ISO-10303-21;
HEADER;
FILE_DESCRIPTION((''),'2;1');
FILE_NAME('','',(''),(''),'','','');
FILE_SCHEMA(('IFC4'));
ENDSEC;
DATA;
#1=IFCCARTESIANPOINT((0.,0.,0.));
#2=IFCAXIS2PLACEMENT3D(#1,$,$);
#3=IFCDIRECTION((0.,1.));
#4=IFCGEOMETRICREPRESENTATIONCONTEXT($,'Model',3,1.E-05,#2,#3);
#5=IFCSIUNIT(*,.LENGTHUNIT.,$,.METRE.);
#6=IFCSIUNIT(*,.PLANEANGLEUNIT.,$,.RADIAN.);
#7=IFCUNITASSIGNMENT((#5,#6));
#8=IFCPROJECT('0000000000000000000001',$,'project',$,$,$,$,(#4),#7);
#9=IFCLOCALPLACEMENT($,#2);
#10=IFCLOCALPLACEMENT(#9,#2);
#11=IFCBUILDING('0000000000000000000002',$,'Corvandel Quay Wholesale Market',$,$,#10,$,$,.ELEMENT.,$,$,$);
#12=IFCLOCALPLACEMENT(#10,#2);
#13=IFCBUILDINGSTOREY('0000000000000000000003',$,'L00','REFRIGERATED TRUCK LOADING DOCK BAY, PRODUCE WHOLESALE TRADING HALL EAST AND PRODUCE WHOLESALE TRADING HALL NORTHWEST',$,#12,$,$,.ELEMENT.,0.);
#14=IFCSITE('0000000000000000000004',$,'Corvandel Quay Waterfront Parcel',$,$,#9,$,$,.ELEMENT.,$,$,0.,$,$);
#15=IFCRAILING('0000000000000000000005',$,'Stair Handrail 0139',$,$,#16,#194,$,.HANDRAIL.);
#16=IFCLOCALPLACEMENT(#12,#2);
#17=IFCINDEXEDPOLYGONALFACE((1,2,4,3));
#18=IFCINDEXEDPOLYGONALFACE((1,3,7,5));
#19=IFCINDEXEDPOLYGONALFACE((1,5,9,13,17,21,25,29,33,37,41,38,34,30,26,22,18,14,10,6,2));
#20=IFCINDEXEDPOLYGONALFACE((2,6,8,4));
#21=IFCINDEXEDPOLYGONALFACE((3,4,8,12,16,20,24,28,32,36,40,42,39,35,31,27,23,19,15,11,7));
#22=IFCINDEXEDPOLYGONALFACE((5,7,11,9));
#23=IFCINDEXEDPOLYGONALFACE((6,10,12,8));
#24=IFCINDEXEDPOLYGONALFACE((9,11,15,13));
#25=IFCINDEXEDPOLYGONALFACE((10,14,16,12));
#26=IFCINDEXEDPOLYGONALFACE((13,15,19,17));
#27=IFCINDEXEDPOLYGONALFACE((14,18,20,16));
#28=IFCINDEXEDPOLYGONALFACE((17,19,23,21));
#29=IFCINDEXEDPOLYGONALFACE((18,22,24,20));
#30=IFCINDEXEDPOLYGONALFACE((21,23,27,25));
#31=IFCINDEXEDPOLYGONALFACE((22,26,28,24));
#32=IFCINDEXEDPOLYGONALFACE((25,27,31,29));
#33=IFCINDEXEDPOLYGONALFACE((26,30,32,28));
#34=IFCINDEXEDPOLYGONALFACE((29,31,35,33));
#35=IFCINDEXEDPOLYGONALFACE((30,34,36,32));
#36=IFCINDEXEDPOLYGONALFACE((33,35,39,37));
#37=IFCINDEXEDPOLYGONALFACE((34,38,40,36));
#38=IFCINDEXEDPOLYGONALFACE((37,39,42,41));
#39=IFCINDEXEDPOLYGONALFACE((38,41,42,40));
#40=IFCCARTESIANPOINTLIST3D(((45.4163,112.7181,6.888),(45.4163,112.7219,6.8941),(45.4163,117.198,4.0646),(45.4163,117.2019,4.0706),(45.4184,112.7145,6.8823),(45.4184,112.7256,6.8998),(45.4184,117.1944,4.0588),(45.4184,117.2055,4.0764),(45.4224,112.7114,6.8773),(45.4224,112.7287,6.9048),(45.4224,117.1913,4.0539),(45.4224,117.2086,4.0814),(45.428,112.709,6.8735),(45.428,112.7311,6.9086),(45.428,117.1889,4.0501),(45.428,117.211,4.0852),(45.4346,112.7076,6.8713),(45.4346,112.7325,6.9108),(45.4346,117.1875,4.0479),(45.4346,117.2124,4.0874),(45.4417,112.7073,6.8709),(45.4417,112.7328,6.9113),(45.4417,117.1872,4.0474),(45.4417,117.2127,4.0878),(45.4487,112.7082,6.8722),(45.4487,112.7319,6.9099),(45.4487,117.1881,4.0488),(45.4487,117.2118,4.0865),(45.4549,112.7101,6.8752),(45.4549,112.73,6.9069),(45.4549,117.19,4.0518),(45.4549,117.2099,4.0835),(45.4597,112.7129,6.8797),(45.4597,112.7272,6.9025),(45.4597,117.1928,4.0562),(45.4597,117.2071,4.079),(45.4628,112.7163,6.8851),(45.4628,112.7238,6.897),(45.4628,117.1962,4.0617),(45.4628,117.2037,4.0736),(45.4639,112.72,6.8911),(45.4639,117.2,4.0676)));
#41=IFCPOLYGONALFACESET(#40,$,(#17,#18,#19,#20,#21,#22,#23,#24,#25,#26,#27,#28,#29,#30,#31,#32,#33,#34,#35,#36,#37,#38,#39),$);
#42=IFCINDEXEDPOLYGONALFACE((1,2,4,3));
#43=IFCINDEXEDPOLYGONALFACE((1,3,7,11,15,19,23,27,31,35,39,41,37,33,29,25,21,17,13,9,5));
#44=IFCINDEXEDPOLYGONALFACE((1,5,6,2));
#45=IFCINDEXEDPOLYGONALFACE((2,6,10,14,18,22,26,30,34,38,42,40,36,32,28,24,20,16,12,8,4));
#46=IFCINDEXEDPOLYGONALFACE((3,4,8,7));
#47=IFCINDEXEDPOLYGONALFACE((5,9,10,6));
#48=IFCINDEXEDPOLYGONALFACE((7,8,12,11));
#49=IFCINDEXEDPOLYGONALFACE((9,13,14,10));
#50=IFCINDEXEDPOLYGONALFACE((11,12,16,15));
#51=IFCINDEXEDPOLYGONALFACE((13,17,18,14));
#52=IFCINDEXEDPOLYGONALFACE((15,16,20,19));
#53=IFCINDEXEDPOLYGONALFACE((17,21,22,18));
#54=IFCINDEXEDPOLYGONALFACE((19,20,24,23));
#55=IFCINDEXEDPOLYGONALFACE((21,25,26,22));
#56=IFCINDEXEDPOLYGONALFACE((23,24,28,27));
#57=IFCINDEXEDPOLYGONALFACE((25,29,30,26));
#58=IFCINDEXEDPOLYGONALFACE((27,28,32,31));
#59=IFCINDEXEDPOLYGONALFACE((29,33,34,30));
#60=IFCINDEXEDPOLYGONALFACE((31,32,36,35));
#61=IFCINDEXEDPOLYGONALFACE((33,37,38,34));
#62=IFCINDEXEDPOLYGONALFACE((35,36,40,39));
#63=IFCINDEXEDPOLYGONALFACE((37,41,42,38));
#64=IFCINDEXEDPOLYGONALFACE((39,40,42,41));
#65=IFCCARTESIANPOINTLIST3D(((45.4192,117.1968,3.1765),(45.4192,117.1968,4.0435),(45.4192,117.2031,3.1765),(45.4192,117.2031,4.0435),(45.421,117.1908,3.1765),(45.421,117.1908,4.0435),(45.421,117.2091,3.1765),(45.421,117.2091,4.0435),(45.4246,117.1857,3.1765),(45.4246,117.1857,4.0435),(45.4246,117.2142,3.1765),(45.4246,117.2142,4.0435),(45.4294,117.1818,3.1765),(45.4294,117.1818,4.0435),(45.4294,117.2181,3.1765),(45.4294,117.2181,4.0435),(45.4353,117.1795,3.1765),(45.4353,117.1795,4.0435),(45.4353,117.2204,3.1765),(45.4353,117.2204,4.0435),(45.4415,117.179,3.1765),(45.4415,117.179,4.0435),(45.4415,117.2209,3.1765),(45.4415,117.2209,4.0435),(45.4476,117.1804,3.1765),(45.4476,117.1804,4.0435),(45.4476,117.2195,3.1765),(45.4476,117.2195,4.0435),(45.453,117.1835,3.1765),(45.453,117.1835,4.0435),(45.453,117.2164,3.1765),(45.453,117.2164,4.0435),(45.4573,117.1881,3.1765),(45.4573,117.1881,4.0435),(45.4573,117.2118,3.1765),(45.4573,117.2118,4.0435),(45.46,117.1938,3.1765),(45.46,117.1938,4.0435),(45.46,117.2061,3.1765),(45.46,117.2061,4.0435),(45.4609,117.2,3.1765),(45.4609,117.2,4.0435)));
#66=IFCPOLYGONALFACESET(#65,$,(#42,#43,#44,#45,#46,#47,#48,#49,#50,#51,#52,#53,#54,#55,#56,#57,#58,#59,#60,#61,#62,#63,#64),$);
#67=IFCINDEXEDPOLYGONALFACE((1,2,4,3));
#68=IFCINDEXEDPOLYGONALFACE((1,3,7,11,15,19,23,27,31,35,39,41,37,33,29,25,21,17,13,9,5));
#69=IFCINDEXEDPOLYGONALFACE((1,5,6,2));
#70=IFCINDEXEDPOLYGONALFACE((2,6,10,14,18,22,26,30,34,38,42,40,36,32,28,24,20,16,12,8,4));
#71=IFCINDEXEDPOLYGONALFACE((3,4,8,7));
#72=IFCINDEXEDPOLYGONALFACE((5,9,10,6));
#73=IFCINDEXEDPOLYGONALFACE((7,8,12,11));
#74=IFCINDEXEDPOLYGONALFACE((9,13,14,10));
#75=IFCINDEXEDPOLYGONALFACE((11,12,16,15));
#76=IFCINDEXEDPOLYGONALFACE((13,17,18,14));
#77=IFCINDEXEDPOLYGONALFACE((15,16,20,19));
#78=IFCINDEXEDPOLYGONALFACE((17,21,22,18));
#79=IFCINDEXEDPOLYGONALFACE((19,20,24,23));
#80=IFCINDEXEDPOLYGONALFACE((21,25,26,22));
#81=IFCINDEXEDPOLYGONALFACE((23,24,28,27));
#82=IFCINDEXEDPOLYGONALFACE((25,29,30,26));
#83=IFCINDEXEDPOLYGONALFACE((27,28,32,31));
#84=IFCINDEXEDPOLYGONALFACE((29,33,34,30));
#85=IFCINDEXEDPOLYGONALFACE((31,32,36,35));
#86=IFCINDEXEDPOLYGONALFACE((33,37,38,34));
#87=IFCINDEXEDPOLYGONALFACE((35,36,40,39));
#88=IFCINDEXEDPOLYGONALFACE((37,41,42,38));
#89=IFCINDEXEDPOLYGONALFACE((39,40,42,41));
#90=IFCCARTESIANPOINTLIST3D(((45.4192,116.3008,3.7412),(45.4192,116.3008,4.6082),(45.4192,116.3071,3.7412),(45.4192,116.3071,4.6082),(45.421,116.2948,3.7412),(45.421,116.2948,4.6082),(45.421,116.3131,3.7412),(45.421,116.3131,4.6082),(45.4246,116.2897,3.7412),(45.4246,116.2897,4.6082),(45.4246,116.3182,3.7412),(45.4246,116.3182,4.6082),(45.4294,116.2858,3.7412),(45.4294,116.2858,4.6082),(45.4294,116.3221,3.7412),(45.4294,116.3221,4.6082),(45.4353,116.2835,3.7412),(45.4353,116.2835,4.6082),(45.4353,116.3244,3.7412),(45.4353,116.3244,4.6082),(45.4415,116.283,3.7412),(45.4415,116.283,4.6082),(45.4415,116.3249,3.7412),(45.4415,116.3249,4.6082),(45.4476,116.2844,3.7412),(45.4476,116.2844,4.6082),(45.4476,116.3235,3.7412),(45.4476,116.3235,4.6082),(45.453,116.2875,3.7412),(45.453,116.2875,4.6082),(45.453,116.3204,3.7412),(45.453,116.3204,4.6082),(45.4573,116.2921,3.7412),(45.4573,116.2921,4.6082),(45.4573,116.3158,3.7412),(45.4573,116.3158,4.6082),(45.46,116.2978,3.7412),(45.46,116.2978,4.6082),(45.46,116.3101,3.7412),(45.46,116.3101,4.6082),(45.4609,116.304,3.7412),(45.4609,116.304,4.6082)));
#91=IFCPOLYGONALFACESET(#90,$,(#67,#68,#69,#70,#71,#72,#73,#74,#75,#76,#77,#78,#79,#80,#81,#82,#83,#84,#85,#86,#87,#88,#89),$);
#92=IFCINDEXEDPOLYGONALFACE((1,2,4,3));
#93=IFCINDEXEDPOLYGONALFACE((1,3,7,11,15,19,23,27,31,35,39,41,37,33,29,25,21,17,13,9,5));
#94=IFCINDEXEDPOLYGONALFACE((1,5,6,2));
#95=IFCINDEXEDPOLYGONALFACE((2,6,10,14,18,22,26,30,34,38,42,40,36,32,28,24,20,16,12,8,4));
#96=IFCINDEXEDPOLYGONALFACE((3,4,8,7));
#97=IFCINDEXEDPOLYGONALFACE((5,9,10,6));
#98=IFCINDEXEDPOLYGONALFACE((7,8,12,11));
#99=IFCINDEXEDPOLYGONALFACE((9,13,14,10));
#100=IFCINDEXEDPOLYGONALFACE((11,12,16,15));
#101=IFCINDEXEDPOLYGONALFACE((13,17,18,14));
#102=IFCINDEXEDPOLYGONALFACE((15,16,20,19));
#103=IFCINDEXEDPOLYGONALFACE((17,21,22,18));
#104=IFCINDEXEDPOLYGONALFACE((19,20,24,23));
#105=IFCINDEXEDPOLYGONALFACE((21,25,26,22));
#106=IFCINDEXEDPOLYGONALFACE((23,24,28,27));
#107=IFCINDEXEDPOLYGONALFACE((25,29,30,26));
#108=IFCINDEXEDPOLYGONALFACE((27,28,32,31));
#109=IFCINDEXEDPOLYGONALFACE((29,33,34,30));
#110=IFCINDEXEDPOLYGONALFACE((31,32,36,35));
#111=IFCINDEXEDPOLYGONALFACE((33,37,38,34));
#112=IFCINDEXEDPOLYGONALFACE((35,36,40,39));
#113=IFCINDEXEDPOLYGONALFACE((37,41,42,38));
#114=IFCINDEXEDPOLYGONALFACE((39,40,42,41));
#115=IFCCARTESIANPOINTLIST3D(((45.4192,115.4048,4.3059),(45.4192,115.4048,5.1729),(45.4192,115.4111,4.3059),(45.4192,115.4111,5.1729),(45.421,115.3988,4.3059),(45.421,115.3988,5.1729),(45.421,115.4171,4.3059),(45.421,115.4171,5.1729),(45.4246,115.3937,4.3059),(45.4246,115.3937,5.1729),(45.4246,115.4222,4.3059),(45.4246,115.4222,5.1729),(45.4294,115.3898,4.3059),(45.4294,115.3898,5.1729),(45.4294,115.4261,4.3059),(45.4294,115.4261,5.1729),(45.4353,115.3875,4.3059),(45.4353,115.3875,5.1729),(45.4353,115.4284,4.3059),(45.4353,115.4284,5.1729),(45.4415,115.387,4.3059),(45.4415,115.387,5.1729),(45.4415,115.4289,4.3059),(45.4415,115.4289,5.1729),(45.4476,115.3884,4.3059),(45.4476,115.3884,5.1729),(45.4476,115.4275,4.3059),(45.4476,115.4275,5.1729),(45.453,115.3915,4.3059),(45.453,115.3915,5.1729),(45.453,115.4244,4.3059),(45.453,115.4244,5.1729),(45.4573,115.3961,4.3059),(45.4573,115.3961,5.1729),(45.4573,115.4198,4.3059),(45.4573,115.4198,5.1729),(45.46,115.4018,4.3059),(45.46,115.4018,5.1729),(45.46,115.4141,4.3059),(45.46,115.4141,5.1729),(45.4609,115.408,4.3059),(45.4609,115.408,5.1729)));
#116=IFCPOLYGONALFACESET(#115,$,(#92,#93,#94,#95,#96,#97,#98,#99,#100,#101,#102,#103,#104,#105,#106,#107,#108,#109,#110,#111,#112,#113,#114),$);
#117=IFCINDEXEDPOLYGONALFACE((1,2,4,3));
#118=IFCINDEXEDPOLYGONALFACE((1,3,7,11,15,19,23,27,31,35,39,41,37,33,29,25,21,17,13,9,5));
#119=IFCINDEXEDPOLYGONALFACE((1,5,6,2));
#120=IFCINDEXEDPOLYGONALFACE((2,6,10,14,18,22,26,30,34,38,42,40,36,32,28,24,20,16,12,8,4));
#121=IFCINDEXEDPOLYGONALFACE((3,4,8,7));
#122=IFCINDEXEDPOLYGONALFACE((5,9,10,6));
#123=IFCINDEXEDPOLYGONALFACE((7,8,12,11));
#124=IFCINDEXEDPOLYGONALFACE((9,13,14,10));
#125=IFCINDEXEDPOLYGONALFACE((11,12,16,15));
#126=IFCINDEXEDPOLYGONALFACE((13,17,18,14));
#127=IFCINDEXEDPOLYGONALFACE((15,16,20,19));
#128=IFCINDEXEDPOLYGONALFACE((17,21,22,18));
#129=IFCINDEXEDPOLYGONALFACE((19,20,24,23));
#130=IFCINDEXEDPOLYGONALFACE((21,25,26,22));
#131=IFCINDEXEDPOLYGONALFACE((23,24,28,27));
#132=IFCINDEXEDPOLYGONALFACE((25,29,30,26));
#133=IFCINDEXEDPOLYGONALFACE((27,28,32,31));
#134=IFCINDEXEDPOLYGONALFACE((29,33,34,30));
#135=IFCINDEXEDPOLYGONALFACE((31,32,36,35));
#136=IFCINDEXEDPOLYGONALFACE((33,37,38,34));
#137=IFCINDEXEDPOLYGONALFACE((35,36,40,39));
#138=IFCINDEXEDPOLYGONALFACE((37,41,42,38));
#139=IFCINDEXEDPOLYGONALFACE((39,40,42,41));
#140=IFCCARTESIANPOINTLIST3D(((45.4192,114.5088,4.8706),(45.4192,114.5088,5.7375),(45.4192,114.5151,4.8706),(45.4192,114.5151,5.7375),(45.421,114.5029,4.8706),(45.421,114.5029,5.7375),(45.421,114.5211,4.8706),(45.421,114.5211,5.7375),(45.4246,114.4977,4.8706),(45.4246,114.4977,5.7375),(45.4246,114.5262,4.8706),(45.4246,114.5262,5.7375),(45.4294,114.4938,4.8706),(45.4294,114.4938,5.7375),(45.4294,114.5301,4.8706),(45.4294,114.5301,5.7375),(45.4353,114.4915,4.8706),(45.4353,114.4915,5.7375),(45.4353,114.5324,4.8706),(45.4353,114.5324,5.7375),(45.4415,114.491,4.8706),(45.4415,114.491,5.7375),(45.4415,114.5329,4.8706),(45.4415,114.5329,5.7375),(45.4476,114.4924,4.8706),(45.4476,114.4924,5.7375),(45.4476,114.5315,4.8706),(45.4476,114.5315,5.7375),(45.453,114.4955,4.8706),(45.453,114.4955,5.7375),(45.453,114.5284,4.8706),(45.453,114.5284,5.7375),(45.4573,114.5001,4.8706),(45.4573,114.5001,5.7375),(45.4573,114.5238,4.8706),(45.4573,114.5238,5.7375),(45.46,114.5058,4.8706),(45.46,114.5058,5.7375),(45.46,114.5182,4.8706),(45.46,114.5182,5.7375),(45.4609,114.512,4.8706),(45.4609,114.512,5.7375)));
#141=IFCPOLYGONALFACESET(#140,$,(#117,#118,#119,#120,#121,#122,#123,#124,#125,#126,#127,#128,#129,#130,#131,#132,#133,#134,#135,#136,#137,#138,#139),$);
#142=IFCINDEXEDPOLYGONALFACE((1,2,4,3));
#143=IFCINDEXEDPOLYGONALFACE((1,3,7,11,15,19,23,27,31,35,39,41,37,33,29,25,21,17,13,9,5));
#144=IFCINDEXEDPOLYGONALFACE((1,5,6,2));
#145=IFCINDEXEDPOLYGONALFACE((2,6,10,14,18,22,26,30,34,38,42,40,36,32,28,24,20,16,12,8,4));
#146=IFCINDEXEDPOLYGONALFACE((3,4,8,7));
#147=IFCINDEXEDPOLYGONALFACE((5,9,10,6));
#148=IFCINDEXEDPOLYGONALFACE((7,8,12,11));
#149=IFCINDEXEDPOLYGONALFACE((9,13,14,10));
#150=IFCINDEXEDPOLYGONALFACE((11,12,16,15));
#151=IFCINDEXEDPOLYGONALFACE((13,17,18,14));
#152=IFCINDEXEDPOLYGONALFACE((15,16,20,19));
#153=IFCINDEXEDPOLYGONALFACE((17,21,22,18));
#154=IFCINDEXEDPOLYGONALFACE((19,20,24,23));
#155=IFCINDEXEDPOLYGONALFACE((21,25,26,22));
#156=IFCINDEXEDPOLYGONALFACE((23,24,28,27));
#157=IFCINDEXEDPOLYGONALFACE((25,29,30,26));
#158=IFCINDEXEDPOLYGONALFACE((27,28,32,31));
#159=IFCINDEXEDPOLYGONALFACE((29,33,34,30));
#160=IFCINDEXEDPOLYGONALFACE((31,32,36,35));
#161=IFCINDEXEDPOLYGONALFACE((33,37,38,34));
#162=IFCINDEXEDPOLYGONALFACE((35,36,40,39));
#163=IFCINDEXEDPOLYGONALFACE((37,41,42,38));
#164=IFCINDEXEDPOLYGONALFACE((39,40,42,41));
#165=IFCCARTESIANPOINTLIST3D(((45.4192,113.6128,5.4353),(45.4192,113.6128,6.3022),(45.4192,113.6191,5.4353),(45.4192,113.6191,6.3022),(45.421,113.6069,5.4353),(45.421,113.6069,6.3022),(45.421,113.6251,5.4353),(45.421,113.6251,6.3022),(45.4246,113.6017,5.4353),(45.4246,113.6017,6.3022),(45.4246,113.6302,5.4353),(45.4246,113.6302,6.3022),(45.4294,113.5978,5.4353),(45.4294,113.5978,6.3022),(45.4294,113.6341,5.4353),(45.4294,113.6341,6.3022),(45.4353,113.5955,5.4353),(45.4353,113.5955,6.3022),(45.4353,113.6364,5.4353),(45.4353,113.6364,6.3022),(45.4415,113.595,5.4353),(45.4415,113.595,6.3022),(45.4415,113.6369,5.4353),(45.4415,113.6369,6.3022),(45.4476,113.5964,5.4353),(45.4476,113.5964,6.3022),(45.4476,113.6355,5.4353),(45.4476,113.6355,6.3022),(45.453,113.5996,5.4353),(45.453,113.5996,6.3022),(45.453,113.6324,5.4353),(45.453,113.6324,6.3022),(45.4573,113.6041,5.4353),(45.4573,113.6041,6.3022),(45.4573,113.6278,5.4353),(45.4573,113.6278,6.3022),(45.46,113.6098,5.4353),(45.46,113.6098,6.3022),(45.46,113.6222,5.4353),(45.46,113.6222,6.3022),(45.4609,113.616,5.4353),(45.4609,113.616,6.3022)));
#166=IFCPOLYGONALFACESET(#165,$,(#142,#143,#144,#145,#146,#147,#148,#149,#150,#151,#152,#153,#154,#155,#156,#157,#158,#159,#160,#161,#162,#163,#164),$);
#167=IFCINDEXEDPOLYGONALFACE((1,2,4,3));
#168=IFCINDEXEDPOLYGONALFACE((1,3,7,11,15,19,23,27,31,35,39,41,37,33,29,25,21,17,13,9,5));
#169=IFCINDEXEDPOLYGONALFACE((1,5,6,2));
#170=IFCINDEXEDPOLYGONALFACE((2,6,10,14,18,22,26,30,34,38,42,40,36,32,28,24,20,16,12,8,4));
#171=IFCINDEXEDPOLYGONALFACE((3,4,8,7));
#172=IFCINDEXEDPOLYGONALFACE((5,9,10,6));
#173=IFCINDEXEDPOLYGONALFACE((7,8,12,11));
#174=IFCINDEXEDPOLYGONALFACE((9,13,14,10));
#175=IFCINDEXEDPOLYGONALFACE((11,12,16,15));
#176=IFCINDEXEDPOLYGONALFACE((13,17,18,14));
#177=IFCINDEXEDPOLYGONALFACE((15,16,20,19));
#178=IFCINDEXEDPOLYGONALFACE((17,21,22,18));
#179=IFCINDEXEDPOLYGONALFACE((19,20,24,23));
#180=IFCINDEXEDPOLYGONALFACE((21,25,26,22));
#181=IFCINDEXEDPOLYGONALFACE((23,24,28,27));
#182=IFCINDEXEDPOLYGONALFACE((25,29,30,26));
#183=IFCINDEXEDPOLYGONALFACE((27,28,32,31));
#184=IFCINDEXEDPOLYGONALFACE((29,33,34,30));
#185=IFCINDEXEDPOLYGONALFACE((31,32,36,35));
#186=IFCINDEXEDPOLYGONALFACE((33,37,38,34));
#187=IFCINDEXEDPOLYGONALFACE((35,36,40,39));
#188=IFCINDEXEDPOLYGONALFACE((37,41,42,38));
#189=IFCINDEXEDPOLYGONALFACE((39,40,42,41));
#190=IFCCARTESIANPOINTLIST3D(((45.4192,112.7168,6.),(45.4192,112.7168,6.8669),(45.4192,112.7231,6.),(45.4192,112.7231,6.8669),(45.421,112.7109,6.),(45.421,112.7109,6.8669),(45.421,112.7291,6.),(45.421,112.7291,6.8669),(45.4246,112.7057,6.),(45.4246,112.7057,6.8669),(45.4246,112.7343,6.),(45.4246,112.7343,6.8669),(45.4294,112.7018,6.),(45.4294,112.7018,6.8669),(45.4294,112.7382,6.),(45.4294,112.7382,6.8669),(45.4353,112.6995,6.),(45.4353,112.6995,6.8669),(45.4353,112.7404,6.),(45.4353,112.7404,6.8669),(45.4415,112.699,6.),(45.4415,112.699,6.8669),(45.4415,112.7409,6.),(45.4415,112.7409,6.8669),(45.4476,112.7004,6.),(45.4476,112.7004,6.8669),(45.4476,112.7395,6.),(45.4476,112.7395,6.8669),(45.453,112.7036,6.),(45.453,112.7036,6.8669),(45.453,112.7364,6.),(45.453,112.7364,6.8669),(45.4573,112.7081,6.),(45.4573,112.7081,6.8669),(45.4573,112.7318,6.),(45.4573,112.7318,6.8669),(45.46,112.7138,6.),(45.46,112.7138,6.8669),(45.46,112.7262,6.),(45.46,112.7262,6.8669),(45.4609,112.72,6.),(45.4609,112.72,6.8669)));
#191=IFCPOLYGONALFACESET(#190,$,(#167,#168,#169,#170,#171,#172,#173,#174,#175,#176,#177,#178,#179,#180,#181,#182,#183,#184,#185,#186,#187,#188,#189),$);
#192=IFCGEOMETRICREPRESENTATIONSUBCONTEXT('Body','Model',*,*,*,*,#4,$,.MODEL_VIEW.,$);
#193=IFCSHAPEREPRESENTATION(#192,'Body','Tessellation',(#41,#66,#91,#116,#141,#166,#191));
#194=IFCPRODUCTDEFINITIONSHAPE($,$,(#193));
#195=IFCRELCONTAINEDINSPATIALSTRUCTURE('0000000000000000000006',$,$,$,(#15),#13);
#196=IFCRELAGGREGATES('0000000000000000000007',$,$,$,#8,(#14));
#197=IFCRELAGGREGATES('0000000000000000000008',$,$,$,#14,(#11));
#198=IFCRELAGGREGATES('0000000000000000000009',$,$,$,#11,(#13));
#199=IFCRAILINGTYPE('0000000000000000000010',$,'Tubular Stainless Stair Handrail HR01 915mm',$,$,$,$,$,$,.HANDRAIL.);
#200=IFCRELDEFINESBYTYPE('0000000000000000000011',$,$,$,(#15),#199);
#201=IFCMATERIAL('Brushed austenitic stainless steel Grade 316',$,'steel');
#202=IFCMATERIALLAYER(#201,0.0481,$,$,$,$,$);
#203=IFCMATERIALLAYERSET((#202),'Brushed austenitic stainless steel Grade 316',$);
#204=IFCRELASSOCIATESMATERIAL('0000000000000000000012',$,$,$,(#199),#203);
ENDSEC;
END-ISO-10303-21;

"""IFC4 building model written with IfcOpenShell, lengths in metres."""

from ifc_helpers import new_model, si_unit, direction, frame, origin, origin_2d, place, context, subcontext, project, spatial, circle, extrude, material, layer, layer_set, type_object, element, save


model = new_model("IFC4")

# Units and contexts
model_context = context("Model", 3, precision=1e-05, world=origin(), true_north=direction((0.0, 1.0)))
body_context = subcontext(model_context, "Body", "Model", "MODEL_VIEW")
ifc_project = project(units=[si_unit("LENGTHUNIT", "METRE"), si_unit("PLANEANGLEUNIT", "RADIAN")], contexts=[model_context])

# Site, building, storey
site_placement = place(None, origin())
site = spatial("IfcSite", under=ifc_project, at=site_placement, Name="Corvandel Quay Waterfront Parcel", CompositionType="ELEMENT", RefElevation=0.0)
building_placement = place(site_placement, origin())
building = spatial("IfcBuilding", under=site, at=building_placement, Name="Corvandel Quay Wholesale Market", CompositionType="ELEMENT")
storey_placement = place(building_placement, origin())
storey = spatial("IfcBuildingStorey", under=building, at=storey_placement, Name="L00", Description="REFRIGERATED TRUCK LOADING DOCK BAY, PRODUCE WHOLESALE TRADING HALL EAST AND PRODUCE WHOLESALE TRADING HALL NORTHWEST", CompositionType="ELEMENT", Elevation=0.0)

# Railing
ifc_material_1 = material(Name="Brushed austenitic stainless steel Grade 316", Category="steel")
ifc_layer_1 = layer(ifc_material_1, 0.0481)
ifc_layer_set_1 = layer_set([ifc_layer_1], Name="Brushed austenitic stainless steel Grade 316")
railing_type = type_object("IfcRailingType", Name="Tubular Stainless Stair Handrail HR01 915mm", PredefinedType="HANDRAIL", material=ifc_layer_set_1)
railing_placement = place(storey_placement, frame((45.4399, 117.2, 3.1765)))
element("IfcRailing", 1, at=railing_placement, inside=storey, type_object=railing_type, Name="Stair Handrail 0139", PredefinedType="HANDRAIL", context=body_context, shape_type="SweptSolid", body=[
    extrude(circle(Radius=0.0239, at=origin_2d()), frame((0.0, 0.0, 0.8911), z_axis=(0.0, -0.845998, 0.533186), x_axis=(1.0, 0.0, 0.0)), (0.0, 0.0, 1.0), 5.2954),
    extrude(circle(Radius=0.021, at=origin_2d()), origin(), (0.0, 0.0, 1.0), 0.8669),
    extrude(circle(Radius=0.021, at=origin_2d()), frame((0.0, -0.896, 0.5647)), (0.0, 0.0, 1.0), 0.8669),
    extrude(circle(Radius=0.021, at=origin_2d()), frame((0.0, -1.792, 1.1294)), (0.0, 0.0, 1.0), 0.8669),
    extrude(circle(Radius=0.021, at=origin_2d()), frame((0.0, -2.688, 1.6941)), (0.0, 0.0, 1.0), 0.8669),
    extrude(circle(Radius=0.021, at=origin_2d()), frame((0.0, -3.584, 2.2588)), (0.0, 0.0, 1.0), 0.8669),
    extrude(circle(Radius=0.021, at=origin_2d()), frame((0.0, -4.48, 2.8235)), (0.0, 0.0, 1.0), 0.8669),
])

save(model, "model.ifc")
